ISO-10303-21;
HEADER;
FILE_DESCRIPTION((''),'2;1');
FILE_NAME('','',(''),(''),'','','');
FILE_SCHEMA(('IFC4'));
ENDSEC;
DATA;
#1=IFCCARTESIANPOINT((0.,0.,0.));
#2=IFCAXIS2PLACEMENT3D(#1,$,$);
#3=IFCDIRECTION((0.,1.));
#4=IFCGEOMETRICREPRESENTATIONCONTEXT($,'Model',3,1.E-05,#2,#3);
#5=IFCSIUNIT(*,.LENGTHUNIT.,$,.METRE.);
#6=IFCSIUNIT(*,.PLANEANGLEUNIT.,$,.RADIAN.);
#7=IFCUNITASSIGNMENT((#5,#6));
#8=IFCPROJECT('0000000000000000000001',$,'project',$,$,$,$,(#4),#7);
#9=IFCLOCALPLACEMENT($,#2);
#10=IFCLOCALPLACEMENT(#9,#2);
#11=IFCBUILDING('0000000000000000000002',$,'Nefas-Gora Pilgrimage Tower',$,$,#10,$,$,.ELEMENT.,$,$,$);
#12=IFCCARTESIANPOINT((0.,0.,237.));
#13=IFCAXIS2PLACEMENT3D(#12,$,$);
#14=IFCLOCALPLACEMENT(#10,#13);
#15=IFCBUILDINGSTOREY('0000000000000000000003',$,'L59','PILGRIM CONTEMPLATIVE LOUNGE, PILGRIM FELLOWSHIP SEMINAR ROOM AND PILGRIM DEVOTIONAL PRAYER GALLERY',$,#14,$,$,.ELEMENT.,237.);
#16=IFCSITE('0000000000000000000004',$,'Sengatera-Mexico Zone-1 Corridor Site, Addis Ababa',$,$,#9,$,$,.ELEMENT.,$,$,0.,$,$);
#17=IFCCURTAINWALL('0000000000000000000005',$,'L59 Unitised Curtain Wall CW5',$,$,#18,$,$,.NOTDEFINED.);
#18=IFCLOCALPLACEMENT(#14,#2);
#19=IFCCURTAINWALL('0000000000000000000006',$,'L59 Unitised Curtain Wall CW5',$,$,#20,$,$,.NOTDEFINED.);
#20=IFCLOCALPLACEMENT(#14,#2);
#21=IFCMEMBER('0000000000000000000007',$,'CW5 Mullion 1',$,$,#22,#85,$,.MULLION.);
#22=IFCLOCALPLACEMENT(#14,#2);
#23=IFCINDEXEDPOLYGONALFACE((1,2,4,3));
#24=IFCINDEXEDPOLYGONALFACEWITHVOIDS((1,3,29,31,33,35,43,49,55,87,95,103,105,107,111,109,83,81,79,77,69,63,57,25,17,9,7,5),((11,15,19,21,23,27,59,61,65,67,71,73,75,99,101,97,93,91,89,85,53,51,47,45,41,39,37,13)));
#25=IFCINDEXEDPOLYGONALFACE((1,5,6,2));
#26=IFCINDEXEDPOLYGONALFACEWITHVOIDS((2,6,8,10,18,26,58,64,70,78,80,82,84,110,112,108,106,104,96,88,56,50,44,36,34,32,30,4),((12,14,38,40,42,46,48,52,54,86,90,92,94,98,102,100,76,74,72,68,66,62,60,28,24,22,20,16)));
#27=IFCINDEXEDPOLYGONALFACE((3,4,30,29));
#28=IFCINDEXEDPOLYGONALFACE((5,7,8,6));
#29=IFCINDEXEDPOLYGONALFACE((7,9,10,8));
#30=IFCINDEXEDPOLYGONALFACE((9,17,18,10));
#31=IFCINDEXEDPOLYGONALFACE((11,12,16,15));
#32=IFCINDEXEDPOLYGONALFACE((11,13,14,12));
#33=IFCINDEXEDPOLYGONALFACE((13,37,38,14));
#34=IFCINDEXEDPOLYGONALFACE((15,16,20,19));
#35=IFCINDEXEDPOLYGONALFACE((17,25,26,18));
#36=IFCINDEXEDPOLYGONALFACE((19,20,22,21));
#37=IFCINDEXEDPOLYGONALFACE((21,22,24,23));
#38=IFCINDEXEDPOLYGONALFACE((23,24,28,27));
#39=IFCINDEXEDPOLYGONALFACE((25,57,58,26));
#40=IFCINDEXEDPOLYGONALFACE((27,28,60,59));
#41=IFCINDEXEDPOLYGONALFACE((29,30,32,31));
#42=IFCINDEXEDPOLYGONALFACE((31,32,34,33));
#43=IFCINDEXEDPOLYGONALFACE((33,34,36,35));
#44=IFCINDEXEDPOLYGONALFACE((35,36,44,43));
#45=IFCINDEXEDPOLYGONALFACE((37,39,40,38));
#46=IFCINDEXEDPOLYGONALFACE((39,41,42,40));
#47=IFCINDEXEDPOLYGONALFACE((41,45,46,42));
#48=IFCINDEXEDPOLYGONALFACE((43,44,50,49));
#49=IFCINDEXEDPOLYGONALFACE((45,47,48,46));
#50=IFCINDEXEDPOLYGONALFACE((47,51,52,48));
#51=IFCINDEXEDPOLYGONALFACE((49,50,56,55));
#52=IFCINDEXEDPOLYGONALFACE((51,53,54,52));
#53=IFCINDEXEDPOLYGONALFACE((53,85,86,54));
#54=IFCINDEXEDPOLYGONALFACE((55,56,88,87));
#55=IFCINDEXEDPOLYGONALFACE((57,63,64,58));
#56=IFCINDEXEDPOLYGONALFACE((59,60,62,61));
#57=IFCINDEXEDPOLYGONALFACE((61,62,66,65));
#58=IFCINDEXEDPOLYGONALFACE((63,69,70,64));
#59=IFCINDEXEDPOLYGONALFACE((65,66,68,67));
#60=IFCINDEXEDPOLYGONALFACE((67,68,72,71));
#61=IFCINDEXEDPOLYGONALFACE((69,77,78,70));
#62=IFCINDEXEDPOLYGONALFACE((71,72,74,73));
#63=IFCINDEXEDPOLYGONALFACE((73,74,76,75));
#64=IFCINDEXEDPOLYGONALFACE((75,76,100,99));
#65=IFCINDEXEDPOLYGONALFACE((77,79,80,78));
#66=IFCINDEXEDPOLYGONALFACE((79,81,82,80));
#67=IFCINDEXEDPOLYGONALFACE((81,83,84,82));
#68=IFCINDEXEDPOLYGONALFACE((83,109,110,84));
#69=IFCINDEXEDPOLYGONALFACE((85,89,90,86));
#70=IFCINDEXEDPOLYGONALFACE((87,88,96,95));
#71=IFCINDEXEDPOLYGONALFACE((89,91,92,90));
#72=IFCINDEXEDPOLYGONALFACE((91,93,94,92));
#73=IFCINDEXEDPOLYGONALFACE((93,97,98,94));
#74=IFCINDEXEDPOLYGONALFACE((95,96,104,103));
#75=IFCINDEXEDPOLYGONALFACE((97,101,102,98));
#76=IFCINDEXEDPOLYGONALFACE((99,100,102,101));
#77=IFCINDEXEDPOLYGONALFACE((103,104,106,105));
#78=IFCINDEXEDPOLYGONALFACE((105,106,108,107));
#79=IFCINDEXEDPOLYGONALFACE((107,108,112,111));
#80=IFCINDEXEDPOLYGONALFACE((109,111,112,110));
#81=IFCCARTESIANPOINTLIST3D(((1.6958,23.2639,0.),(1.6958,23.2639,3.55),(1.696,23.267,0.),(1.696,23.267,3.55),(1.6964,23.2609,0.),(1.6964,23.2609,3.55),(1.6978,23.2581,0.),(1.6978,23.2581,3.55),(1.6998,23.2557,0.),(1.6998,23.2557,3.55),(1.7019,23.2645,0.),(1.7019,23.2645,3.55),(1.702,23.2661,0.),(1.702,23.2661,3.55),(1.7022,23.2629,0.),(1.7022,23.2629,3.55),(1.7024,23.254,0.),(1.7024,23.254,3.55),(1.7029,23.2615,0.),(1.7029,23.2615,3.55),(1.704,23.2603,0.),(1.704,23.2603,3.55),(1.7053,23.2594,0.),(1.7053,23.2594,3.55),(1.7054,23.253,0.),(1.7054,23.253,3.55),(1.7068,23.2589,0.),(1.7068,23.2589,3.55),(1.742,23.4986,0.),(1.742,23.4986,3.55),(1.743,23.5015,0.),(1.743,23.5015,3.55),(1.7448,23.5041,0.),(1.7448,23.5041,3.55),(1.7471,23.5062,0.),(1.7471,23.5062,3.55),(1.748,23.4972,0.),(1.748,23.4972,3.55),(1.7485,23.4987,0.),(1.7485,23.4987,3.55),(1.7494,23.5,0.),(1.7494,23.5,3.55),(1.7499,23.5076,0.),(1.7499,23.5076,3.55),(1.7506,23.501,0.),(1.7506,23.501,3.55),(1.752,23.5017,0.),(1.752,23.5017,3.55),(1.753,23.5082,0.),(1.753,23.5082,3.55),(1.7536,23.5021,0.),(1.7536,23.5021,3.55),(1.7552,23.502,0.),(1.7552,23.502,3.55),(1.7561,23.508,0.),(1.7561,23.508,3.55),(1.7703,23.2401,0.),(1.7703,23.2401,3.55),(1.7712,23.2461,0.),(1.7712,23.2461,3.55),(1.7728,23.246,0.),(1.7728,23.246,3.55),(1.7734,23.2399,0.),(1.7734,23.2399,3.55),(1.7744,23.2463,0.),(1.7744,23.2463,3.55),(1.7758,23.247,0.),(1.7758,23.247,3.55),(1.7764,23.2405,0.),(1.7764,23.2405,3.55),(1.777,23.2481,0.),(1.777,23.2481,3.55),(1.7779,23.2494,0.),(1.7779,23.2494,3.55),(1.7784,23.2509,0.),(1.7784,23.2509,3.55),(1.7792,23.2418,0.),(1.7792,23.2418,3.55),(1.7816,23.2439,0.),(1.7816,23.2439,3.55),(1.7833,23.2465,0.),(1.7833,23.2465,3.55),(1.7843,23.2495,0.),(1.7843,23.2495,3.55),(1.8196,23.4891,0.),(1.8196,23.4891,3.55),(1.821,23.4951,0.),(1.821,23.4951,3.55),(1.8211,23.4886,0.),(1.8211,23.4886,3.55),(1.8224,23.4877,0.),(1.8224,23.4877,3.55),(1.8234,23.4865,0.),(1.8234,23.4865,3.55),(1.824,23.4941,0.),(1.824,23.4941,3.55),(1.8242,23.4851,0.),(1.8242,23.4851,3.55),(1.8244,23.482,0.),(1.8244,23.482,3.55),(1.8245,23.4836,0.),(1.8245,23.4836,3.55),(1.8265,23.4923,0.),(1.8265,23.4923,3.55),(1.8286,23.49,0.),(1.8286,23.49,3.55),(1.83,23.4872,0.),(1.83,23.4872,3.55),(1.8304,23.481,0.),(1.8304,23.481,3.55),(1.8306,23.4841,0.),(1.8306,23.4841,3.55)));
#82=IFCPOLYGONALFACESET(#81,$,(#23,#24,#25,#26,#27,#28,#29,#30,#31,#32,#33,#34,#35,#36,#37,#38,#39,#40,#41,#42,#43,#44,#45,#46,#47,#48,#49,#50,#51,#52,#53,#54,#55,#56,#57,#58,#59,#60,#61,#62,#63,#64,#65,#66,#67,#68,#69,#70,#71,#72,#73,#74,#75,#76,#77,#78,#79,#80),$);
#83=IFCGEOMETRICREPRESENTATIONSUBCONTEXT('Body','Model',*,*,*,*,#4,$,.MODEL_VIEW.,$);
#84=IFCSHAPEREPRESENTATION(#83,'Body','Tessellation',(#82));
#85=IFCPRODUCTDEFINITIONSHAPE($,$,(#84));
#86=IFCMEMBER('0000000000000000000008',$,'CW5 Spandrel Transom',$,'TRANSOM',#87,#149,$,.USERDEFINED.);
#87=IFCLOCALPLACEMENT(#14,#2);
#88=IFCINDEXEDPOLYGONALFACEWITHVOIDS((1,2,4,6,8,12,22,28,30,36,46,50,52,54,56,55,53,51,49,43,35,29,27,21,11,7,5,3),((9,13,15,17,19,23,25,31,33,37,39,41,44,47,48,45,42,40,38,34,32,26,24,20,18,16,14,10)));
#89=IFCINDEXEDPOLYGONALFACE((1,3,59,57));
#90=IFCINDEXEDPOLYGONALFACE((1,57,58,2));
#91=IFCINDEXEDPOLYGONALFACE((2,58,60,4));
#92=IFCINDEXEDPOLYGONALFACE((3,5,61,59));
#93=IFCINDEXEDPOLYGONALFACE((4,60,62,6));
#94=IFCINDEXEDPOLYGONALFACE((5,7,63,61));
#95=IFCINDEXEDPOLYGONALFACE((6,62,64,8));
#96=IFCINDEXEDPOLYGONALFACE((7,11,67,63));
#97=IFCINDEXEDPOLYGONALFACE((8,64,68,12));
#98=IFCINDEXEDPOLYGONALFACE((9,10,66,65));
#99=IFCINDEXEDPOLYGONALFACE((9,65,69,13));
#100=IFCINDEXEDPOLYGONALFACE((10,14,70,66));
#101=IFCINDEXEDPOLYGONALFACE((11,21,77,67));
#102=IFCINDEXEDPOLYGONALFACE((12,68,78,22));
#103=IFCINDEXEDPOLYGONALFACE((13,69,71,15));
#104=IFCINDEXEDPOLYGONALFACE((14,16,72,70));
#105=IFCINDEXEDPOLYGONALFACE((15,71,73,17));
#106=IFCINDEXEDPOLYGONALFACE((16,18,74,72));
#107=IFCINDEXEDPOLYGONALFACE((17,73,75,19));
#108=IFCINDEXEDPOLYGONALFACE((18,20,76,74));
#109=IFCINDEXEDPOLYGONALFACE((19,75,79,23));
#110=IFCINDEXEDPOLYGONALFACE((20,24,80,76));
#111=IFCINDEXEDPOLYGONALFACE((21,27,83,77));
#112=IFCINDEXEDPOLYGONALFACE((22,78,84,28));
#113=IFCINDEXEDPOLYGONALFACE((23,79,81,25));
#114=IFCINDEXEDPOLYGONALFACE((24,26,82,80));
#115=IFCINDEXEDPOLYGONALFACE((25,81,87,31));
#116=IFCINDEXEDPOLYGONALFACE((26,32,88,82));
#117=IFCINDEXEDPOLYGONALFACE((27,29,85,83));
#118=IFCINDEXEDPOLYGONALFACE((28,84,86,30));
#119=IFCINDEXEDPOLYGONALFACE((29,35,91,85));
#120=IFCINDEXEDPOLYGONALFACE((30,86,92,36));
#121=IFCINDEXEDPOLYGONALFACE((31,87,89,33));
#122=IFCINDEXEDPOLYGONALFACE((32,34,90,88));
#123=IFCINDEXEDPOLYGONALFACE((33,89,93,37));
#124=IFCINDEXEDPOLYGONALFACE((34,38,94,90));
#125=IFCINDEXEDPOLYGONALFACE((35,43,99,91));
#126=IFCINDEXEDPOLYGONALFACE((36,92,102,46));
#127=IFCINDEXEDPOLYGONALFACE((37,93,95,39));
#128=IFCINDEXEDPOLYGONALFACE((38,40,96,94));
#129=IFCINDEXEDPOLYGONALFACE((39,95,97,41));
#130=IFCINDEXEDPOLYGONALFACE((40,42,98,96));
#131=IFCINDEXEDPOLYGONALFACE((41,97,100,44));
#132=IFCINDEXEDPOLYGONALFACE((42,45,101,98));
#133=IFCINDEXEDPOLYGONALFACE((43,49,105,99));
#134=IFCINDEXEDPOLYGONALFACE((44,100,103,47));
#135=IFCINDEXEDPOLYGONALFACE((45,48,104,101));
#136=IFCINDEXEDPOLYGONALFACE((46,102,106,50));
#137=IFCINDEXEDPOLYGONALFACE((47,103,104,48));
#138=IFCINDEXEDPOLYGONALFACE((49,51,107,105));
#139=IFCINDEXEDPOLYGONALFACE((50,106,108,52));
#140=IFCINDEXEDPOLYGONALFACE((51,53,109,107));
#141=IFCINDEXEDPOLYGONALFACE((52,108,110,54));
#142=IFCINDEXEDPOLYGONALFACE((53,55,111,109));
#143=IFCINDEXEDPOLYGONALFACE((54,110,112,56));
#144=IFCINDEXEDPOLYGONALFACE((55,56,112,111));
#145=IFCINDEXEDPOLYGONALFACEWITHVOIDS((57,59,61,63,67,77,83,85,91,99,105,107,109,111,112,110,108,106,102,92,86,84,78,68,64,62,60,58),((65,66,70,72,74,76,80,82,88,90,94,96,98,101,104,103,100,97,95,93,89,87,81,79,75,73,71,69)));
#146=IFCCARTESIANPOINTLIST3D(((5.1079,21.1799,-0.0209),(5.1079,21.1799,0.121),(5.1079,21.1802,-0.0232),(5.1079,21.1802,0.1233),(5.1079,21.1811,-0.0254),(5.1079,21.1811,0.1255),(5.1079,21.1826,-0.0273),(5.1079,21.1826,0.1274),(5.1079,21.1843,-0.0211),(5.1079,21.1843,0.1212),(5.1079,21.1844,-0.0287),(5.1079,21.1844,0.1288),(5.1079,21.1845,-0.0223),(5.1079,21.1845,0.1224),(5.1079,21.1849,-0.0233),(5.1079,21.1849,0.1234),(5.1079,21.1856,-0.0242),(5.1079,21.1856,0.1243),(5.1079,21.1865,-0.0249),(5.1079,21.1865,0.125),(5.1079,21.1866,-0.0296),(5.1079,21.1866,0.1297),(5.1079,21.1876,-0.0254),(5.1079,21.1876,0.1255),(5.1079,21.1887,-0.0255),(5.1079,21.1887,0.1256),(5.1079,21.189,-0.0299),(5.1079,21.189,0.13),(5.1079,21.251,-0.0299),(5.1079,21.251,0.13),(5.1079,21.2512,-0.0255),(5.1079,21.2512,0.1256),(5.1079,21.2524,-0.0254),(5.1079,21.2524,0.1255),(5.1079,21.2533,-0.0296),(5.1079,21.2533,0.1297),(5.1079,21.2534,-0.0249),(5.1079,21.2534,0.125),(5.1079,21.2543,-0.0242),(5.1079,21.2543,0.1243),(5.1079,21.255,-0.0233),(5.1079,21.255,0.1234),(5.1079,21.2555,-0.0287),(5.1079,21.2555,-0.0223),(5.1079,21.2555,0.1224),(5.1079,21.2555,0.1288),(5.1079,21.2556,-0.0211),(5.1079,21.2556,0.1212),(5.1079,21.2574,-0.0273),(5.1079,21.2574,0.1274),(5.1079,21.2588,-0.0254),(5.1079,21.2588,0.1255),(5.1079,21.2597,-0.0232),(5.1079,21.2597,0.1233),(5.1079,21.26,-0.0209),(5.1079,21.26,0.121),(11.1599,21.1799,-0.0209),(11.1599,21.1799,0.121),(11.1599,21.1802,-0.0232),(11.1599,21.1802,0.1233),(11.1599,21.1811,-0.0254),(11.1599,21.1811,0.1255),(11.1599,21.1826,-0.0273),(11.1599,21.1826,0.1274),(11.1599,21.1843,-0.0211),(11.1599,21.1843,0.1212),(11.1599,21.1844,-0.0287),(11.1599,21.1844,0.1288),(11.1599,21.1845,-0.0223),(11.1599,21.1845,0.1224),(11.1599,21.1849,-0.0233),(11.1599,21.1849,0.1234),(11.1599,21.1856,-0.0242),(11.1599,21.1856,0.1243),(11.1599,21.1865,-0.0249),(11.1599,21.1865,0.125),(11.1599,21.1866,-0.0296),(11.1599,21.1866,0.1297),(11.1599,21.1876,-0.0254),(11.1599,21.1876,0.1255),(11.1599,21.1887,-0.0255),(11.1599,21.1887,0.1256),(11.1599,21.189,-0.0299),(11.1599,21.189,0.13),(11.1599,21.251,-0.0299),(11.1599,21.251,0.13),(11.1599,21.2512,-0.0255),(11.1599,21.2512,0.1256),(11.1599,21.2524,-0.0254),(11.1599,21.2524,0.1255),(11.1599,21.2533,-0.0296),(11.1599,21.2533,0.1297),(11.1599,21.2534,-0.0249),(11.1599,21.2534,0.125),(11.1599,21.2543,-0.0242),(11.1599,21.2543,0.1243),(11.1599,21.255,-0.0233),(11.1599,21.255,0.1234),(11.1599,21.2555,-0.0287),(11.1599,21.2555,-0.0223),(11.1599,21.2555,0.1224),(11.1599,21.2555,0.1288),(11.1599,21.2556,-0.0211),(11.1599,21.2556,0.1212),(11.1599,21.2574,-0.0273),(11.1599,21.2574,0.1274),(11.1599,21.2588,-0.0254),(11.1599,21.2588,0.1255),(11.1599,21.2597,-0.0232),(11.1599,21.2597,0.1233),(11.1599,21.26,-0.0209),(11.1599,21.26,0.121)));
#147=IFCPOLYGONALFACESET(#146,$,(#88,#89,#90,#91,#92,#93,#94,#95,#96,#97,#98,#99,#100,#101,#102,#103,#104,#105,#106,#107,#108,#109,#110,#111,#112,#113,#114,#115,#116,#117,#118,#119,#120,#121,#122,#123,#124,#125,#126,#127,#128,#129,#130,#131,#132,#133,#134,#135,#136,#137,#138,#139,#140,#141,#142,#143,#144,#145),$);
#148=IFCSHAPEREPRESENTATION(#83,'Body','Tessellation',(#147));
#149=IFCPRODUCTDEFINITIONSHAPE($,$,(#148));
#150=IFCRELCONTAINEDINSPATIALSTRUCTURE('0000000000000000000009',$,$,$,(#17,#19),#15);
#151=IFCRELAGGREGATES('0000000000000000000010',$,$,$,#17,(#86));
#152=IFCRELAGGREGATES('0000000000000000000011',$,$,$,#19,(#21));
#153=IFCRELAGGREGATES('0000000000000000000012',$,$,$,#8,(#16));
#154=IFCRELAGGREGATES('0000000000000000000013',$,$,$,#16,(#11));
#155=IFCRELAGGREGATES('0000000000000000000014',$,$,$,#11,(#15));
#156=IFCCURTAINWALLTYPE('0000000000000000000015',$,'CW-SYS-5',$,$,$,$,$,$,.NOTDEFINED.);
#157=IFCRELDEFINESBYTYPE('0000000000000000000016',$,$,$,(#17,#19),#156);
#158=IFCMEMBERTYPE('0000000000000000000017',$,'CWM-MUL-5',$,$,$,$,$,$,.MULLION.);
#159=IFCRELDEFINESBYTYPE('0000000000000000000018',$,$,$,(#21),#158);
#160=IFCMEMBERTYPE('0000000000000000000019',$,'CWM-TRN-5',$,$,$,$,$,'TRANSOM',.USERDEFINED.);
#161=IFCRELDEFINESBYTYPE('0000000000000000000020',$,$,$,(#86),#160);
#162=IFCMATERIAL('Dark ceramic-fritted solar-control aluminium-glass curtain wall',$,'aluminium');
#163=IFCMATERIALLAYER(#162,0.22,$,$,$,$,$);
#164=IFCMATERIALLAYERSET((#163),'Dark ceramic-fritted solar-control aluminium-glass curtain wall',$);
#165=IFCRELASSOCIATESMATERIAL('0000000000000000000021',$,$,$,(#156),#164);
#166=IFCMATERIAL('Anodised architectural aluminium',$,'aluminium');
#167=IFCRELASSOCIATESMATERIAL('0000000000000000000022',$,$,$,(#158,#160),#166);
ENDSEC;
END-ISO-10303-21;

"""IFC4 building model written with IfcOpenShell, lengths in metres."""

from ifc_helpers import new_model, si_unit, direction, frame, origin, origin_2d, place, context, subcontext, project, spatial, hollow_rectangle, extrude, source, transform, mapped, material, layer, layer_set, material_profile, profile_set, type_object, element, aggregate, save


model = new_model("IFC4")

# Units and contexts
model_context = context("Model", 3, precision=1e-05, world=origin(), true_north=direction((0.0, 1.0)))
body_context = subcontext(model_context, "Body", "Model", "MODEL_VIEW")
ifc_project = project(units=[si_unit("LENGTHUNIT", "METRE"), si_unit("PLANEANGLEUNIT", "RADIAN")], contexts=[model_context])

# Site, building, storey
site_placement = place(None, origin())
site = spatial("IfcSite", under=ifc_project, at=site_placement, Name="Sengatera-Mexico Zone-1 Corridor Site, Addis Ababa", CompositionType="ELEMENT", RefElevation=0.0)
building_placement = place(site_placement, origin())
building = spatial("IfcBuilding", under=site, at=building_placement, Name="Nefas-Gora Pilgrimage Tower", CompositionType="ELEMENT")
storey_placement = place(building_placement, frame((0.0, 0.0, 237.0)))
storey = spatial("IfcBuildingStorey", under=building, at=storey_placement, Name="L59", Description="PILGRIM CONTEMPLATIVE LOUNGE, PILGRIM FELLOWSHIP SEMINAR ROOM AND PILGRIM DEVOTIONAL PRAYER GALLERY", CompositionType="ELEMENT", Elevation=237.0)

# Curtain wall
ifc_material_1 = material(Name="Dark ceramic-fritted solar-control aluminium-glass curtain wall", Category="aluminium")
ifc_layer_1 = layer(ifc_material_1, 0.22)
ifc_layer_set_1 = layer_set([ifc_layer_1], Name="Dark ceramic-fritted solar-control aluminium-glass curtain wall")
curtain_wall_type = type_object("IfcCurtainWallType", Name="CW-SYS-5", PredefinedType="NOTDEFINED", material=ifc_layer_set_1)
curtain_wall_1_placement = place(storey_placement, origin())
curtain_wall_1 = element("IfcCurtainWall", 1, at=curtain_wall_1_placement, inside=storey, type_object=curtain_wall_type, Name="L59 Unitised Curtain Wall CW5", PredefinedType="NOTDEFINED")
ifc_material_2 = material(Name="Anodised architectural aluminium", Category="aluminium")
ifc_material_profile_1 = material_profile(ifc_material_2, hollow_rectangle(XDim=0.0901, YDim=0.26, WallThickness=0.0061, InnerFilletRadius=0.0061, OuterFilletRadius=0.012, at=origin_2d()), Name="ALU MULLION 90x260")
ifc_profile_set_1 = profile_set([ifc_material_profile_1], Name="Anodised architectural aluminium")
member_type_1 = type_object("IfcMemberType", Name="CWM-MUL-5", PredefinedType="MULLION", material=ifc_profile_set_1)
shared_shape_1 = source(origin(), body_context, "Body", "SweptSolid", [
    extrude(hollow_rectangle(XDim=0.0901, YDim=0.26, WallThickness=0.0061, InnerFilletRadius=0.0061, OuterFilletRadius=0.012, at=origin_2d()), origin(), (0.0, 0.0, 1.0), 3.55),
])

# Curtain wall, member
curtain_wall_2_placement = place(storey_placement, origin())
curtain_wall_2 = element("IfcCurtainWall", 2, at=curtain_wall_2_placement, inside=storey, type_object=curtain_wall_type, Name="L59 Unitised Curtain Wall CW5", PredefinedType="NOTDEFINED")
member_1_placement = place(storey_placement, frame((1.7632, 23.374, 0.0), z_axis=(0.0, 0.0, 1.0), x_axis=(-0.980783, 0.195102, 0.0)))
member_1 = element("IfcMember", 3, at=member_1_placement, type_object=member_type_1, Name="CW5 Mullion 1", PredefinedType="MULLION", context=body_context, shape_type="MappedRepresentation", body=[
    mapped(shared_shape_1, transform((0.0, 0.0, 0.0), x_axis=(1.0, 0.0, 0.0), y_axis=(0.0, 1.0, 0.0), z_axis=(0.0, 0.0, 1.0), scale=1.0)),
])

# Member
ifc_material_profile_2 = material_profile(ifc_material_2, hollow_rectangle(XDim=0.0801, YDim=0.1599, WallThickness=0.0044, InnerFilletRadius=0.0044, OuterFilletRadius=0.009, at=origin_2d()), Name="ALU TRANSOM 80x160")
ifc_profile_set_2 = profile_set([ifc_material_profile_2], Name="Anodised architectural aluminium")
member_type_2 = type_object("IfcMemberType", Name="CWM-TRN-5", ElementType="TRANSOM", PredefinedType="USERDEFINED", material=ifc_profile_set_2)
shared_shape_2 = source(origin(), body_context, "Body", "SweptSolid", [
    extrude(hollow_rectangle(XDim=0.0801, YDim=0.1599, WallThickness=0.0044, InnerFilletRadius=0.0044, OuterFilletRadius=0.009, at=origin_2d()), origin(), (0.0, 0.0, 1.0), 6.052),
])
member_2_placement = place(storey_placement, frame((11.1599, 21.22, 0.05), z_axis=(-1.0, 0.0, 0.0), x_axis=(0.0, -1.0, 0.0)))
member_2 = element("IfcMember", 4, at=member_2_placement, type_object=member_type_2, Name="CW5 Spandrel Transom", ObjectType="TRANSOM", PredefinedType="USERDEFINED", context=body_context, shape_type="MappedRepresentation", body=[
    mapped(shared_shape_2, transform((0.0, 0.0, 0.0), x_axis=(1.0, 0.0, 0.0), y_axis=(0.0, 1.0, 0.0), z_axis=(0.0, 0.0, 1.0), scale=1.0)),
])

aggregate(curtain_wall_1, [member_2])
aggregate(curtain_wall_2, [member_1])

save(model, "model.ifc")
